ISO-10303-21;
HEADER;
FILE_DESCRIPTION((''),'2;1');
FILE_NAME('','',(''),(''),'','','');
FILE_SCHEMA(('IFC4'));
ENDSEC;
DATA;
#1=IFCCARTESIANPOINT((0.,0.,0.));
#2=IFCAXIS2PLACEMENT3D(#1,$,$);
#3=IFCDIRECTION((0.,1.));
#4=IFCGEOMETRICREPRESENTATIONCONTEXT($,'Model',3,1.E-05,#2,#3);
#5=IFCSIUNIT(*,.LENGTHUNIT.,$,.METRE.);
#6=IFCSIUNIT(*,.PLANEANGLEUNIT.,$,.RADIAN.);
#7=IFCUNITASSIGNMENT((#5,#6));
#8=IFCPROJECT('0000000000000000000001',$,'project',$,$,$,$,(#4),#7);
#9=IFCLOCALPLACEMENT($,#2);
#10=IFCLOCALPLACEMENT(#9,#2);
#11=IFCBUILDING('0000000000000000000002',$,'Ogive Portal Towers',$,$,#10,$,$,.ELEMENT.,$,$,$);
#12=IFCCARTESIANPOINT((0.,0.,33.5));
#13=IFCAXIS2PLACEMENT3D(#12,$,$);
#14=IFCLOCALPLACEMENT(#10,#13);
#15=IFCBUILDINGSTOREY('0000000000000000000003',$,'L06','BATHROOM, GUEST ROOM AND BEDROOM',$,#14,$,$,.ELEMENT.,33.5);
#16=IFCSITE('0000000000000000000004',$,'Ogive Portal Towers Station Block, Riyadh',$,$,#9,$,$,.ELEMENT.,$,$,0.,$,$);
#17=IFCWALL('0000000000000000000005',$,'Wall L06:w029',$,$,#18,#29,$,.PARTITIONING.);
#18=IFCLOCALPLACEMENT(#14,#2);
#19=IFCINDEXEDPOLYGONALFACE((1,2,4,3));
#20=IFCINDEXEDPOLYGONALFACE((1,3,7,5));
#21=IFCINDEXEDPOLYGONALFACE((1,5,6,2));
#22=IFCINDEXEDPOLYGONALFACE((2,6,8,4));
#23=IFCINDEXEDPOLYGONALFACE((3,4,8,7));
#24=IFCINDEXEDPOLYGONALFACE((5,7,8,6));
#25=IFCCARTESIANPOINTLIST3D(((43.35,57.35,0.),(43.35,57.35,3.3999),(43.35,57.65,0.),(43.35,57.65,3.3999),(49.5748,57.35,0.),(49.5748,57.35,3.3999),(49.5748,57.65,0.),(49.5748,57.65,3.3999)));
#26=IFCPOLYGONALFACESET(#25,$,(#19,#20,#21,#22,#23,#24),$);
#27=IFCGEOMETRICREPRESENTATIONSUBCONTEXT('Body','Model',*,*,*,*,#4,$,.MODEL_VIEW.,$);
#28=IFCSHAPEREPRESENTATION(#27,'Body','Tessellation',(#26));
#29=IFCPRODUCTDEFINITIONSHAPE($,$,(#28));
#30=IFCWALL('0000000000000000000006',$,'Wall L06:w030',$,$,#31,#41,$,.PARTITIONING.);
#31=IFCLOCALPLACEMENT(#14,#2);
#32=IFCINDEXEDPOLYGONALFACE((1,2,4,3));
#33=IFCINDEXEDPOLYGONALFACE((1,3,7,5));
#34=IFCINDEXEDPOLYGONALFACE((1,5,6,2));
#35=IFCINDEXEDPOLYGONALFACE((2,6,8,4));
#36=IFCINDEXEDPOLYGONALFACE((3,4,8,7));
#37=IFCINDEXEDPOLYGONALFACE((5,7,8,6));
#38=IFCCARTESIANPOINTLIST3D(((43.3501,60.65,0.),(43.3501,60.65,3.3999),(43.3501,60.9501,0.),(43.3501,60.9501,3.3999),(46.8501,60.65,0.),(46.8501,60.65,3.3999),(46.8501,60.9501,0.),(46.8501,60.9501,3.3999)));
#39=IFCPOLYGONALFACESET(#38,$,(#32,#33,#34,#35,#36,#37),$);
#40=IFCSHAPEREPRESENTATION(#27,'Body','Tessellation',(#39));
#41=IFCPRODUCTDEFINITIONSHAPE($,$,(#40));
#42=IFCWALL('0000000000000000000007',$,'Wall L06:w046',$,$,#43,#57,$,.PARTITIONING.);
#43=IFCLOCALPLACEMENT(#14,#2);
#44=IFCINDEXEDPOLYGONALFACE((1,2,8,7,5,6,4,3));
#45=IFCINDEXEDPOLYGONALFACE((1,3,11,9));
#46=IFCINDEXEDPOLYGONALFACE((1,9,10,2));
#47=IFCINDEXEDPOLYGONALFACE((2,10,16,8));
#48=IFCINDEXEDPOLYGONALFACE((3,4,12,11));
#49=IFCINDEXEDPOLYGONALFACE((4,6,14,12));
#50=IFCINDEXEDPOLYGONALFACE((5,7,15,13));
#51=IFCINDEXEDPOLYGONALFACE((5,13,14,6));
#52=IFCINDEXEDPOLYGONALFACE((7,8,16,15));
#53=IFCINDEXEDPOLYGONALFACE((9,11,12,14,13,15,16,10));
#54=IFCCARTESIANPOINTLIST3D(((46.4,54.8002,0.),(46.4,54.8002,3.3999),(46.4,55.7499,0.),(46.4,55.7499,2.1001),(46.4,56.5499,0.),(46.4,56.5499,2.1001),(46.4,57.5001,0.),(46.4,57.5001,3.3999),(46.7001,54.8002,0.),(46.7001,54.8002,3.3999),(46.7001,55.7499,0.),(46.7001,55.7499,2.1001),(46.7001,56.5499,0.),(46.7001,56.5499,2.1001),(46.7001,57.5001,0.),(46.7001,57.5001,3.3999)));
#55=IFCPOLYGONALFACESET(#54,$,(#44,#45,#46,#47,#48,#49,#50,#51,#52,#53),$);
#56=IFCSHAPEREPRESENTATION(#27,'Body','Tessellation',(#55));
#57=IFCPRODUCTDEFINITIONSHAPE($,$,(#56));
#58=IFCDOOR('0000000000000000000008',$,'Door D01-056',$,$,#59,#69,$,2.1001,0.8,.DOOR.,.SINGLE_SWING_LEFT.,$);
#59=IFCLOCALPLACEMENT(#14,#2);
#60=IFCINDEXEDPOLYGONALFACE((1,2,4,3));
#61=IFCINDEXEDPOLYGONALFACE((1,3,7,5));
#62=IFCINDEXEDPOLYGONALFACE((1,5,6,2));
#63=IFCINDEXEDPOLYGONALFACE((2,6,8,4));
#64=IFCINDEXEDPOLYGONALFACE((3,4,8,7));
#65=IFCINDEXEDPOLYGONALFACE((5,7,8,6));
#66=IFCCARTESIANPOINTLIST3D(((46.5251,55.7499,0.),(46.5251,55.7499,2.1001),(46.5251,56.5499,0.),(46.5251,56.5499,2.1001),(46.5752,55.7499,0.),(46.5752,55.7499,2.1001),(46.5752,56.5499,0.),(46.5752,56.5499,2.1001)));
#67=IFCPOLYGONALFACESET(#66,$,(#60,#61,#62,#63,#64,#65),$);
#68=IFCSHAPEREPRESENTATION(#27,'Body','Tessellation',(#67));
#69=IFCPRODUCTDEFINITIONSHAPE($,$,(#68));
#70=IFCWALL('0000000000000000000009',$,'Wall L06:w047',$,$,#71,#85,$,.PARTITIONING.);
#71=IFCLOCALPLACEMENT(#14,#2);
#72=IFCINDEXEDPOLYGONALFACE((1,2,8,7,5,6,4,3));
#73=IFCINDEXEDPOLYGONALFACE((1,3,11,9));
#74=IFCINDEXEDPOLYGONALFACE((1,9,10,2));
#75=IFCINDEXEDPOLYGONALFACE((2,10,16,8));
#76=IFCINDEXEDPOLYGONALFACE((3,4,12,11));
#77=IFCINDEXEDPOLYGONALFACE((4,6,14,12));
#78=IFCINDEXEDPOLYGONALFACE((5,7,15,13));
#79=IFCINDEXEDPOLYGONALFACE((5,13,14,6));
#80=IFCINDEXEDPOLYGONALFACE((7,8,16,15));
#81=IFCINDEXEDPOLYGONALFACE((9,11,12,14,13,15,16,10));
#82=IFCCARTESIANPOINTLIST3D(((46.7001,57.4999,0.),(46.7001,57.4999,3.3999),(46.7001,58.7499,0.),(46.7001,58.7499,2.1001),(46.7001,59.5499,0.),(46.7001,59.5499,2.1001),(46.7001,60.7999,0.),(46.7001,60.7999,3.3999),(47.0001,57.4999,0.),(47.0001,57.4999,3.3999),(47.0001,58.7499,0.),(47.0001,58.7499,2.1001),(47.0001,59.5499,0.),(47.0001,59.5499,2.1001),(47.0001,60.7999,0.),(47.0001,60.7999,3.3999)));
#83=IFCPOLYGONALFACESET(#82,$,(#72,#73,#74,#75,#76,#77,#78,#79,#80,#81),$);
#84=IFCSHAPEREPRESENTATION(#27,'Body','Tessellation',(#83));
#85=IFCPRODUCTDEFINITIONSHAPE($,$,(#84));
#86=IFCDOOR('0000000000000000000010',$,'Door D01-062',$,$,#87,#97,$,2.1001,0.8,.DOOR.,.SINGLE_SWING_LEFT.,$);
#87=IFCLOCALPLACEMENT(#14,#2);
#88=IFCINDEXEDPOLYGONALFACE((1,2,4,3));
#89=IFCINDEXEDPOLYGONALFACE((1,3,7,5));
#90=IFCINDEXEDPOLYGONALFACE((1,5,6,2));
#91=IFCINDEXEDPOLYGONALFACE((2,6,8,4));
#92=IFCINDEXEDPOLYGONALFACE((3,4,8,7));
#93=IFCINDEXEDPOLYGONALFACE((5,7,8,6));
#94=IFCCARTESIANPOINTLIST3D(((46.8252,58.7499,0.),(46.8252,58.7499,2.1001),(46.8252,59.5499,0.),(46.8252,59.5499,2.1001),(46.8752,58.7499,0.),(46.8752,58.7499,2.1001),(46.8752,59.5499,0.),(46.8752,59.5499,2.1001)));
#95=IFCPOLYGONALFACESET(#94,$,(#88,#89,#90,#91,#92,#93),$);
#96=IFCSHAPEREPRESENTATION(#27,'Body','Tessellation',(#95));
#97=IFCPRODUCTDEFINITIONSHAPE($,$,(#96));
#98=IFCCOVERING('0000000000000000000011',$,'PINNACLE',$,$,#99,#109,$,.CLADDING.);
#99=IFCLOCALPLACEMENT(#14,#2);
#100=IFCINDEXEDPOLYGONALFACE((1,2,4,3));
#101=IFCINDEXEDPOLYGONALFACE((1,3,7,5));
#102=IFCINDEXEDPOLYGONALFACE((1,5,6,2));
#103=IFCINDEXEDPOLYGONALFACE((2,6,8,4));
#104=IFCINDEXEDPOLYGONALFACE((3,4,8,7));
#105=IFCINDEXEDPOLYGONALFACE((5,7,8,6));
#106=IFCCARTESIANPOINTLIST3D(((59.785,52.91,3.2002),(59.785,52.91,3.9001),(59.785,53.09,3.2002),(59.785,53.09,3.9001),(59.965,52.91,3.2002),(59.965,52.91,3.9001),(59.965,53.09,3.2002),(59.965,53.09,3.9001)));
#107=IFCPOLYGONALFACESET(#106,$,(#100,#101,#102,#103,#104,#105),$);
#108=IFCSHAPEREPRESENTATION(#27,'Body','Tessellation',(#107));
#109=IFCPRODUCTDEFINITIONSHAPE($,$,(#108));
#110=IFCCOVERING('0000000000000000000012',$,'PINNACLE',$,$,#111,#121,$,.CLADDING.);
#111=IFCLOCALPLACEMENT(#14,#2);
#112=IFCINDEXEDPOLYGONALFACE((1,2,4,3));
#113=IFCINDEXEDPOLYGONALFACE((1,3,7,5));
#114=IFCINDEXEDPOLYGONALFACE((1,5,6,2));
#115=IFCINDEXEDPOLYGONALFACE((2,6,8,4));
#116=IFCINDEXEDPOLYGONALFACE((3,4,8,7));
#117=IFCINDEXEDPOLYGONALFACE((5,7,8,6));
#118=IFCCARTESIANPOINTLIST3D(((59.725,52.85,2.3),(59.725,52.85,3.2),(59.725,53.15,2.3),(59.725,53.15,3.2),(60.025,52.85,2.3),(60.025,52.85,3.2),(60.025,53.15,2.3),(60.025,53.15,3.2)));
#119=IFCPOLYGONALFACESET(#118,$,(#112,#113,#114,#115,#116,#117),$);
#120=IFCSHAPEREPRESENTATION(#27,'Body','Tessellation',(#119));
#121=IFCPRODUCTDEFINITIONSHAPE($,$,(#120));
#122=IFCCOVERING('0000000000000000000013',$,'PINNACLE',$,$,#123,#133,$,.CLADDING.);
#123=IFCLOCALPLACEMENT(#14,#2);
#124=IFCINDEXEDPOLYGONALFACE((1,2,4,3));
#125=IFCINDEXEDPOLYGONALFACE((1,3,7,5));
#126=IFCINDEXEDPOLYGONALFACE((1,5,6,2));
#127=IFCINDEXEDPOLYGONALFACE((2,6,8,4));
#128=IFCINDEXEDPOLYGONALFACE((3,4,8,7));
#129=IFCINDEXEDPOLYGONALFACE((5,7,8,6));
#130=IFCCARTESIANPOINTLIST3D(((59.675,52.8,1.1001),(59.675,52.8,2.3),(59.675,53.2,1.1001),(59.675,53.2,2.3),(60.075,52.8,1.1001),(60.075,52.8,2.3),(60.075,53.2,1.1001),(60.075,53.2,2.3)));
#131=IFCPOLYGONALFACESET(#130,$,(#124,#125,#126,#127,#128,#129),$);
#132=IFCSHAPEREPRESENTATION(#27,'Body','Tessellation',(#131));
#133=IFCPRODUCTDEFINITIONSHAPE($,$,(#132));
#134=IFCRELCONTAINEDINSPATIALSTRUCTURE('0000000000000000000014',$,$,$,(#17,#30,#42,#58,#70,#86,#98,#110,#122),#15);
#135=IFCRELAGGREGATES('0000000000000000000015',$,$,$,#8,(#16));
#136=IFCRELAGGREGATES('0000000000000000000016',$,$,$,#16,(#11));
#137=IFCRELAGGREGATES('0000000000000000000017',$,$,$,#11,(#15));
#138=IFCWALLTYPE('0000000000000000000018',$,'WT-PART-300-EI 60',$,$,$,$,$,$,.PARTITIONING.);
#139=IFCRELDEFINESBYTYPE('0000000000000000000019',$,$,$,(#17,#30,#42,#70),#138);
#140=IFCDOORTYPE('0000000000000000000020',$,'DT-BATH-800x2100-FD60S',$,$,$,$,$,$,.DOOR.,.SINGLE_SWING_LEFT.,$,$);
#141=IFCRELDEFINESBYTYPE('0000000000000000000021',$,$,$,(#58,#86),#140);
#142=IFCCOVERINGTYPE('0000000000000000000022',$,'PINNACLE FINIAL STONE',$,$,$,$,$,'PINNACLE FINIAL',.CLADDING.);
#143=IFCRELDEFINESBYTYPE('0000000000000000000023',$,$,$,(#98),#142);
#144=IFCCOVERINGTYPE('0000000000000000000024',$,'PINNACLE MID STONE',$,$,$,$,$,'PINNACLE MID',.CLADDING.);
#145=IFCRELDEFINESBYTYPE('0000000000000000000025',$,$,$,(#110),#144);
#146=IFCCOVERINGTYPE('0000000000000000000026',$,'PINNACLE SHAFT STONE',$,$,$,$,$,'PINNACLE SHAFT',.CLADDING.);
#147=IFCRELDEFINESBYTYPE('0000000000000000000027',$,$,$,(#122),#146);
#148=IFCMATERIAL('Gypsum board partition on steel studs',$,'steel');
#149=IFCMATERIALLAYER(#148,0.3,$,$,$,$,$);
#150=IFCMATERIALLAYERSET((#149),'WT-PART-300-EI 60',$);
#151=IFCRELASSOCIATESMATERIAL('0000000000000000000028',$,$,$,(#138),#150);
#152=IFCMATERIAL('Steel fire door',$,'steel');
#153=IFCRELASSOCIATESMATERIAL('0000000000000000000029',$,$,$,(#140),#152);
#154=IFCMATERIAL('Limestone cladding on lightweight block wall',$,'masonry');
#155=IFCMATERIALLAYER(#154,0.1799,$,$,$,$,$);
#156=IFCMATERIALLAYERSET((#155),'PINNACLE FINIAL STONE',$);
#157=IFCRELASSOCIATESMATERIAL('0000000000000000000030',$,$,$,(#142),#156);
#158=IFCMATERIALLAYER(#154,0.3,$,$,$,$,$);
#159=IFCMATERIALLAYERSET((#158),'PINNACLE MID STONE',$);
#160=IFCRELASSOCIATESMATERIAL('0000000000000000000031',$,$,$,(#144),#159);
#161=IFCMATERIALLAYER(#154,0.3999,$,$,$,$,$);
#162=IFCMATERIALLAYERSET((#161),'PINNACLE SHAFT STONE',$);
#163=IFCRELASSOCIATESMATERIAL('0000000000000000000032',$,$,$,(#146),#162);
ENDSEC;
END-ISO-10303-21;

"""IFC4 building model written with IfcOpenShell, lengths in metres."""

from ifc_helpers import new_model, si_unit, direction, frame, frame_2d, origin, origin_2d, place, context, subcontext, project, spatial, rectangle, extrude, material, layer, layer_set, type_object, element, fill, save


model = new_model("IFC4")

# Units and contexts
model_context = context("Model", 3, precision=1e-05, world=origin(), true_north=direction((0.0, 1.0)))
body_context = subcontext(model_context, "Body", "Model", "MODEL_VIEW")
ifc_project = project(units=[si_unit("LENGTHUNIT", "METRE"), si_unit("PLANEANGLEUNIT", "RADIAN")], contexts=[model_context])

# Site, building, storey
site_placement = place(None, origin())
site = spatial("IfcSite", under=ifc_project, at=site_placement, Name="Ogive Portal Towers Station Block, Riyadh", CompositionType="ELEMENT", RefElevation=0.0)
building_placement = place(site_placement, origin())
building = spatial("IfcBuilding", under=site, at=building_placement, Name="Ogive Portal Towers", CompositionType="ELEMENT")
storey_placement = place(building_placement, frame((0.0, 0.0, 33.5)))
storey = spatial("IfcBuildingStorey", under=building, at=storey_placement, Name="L06", Description="BATHROOM, GUEST ROOM AND BEDROOM", CompositionType="ELEMENT", Elevation=33.5)

# Walls
ifc_material_1 = material(Name="Limestone cladding on lightweight block wall", Category="masonry")
ifc_material_2 = material(Name="Gypsum board partition on steel studs", Category="steel")
ifc_layer_1 = layer(ifc_material_2, 0.3)
ifc_layer_set_1 = layer_set([ifc_layer_1], Name="WT-PART-300-EI 60")
wall_type_1 = type_object("IfcWallType", Name="WT-PART-300-EI 60", PredefinedType="PARTITIONING", material=ifc_layer_set_1)
wall_1_placement = place(storey_placement, frame((43.3501, 57.5, 0.0), z_axis=(0.0, 0.0, 1.0), x_axis=(1.0, 0.0, 0.0)))
element("IfcWall", 1, at=wall_1_placement, inside=storey, type_object=wall_type_1, Name="Wall L06:w029", PredefinedType="PARTITIONING", context=body_context, shape_type="SweptSolid", body=[
    extrude(rectangle(XDim=6.2249, YDim=0.3, at=frame_2d((3.1123, 0.0))), origin(), (0.0, 0.0, 1.0), 3.3999),
])
wall_2_placement = place(storey_placement, frame((43.3501, 60.8, 0.0), z_axis=(0.0, 0.0, 1.0), x_axis=(1.0, 0.0, 0.0)))
element("IfcWall", 2, at=wall_2_placement, inside=storey, type_object=wall_type_1, Name="Wall L06:w030", PredefinedType="PARTITIONING", context=body_context, shape_type="SweptSolid", body=[
    extrude(rectangle(XDim=3.5, YDim=0.3, at=frame_2d((1.75, 0.0))), origin(), (0.0, 0.0, 1.0), 3.3999),
])

# Walls, openings, doors
wall_3_placement = place(storey_placement, frame((46.55, 54.8, 0.0), z_axis=(0.0, 0.0, 1.0), x_axis=(0.0, 1.0, 0.0)))
wall_3 = element("IfcWall", 3, at=wall_3_placement, inside=storey, type_object=wall_type_1, Name="Wall L06:w046", PredefinedType="PARTITIONING", context=body_context, shape_type="SweptSolid", body=[
    extrude(rectangle(XDim=2.7, YDim=0.3, at=frame_2d((1.3501, 0.0))), origin(), (0.0, 0.0, 1.0), 3.3999),
])
opening_1_placement = place(wall_3_placement, frame((0.95, 0.0, 0.0)))
opening_1 = element("IfcOpeningElement", 4, at=opening_1_placement, cuts=wall_3, PredefinedType="OPENING", context=body_context, shape_type="SweptSolid", body=[
    extrude(rectangle(XDim=0.8, YDim=2.1001, at=frame_2d((0.3999, 1.05))), frame((0.0, 0.1602, 0.0), z_axis=(0.0, -1.0, 0.0), x_axis=(1.0, 0.0, 0.0)), (0.0, 0.0, 1.0), 0.3201),
])
ifc_material_3 = material(Name="Steel fire door", Category="steel")
door_type = type_object("IfcDoorType", Name="DT-BATH-800x2100-FD60S", OperationType="SINGLE_SWING_LEFT", PredefinedType="DOOR", material=ifc_material_3)
door_1_placement = place(opening_1_placement, origin())
door_1 = element("IfcDoor", 5, at=door_1_placement, inside=storey, type_object=door_type, Name="Door D01-056", OperationType="SINGLE_SWING_LEFT", OverallHeight=2.1001, OverallWidth=0.8, PredefinedType="DOOR", context=body_context, shape_type="SweptSolid", body=[
    extrude(rectangle(XDim=0.8, YDim=2.1001, at=frame_2d((0.3999, 1.05))), frame((0.0, 0.0249, 0.0), z_axis=(0.0, -1.0, 0.0), x_axis=(1.0, 0.0, 0.0)), (0.0, 0.0, 1.0), 0.05),
])
fill(opening_1, door_1)
wall_4_placement = place(storey_placement, frame((46.8501, 57.5, 0.0), z_axis=(0.0, 0.0, 1.0), x_axis=(0.0, 1.0, 0.0)))
wall_4 = element("IfcWall", 6, at=wall_4_placement, inside=storey, type_object=wall_type_1, Name="Wall L06:w047", PredefinedType="PARTITIONING", context=body_context, shape_type="SweptSolid", body=[
    extrude(rectangle(XDim=3.3, YDim=0.3, at=frame_2d((1.6499, 0.0))), origin(), (0.0, 0.0, 1.0), 3.3999),
])
opening_2_placement = place(wall_4_placement, frame((1.25, 0.0, 0.0)))
opening_2 = element("IfcOpeningElement", 7, at=opening_2_placement, cuts=wall_4, PredefinedType="OPENING", context=body_context, shape_type="SweptSolid", body=[
    extrude(rectangle(XDim=0.8, YDim=2.1001, at=frame_2d((0.3999, 1.05))), frame((0.0, 0.1602, 0.0), z_axis=(0.0, -1.0, 0.0), x_axis=(1.0, 0.0, 0.0)), (0.0, 0.0, 1.0), 0.3201),
])
door_2_placement = place(opening_2_placement, origin())
door_2 = element("IfcDoor", 8, at=door_2_placement, inside=storey, type_object=door_type, Name="Door D01-062", OperationType="SINGLE_SWING_LEFT", OverallHeight=2.1001, OverallWidth=0.8, PredefinedType="DOOR", context=body_context, shape_type="SweptSolid", body=[
    extrude(rectangle(XDim=0.8, YDim=2.1001, at=frame_2d((0.3999, 1.05))), frame((0.0, 0.0249, 0.0), z_axis=(0.0, -1.0, 0.0), x_axis=(1.0, 0.0, 0.0)), (0.0, 0.0, 1.0), 0.05),
])
fill(opening_2, door_2)

# Coverings
ifc_layer_2 = layer(ifc_material_1, 0.1799)
ifc_layer_set_2 = layer_set([ifc_layer_2], Name="PINNACLE FINIAL STONE")
covering_type_1 = type_object("IfcCoveringType", Name="PINNACLE FINIAL STONE", ElementType="PINNACLE FINIAL", PredefinedType="CLADDING", material=ifc_layer_set_2)
covering_1_placement = place(storey_placement, frame((59.875, 53.0, 3.2002), z_axis=(0.0, 0.0, 1.0), x_axis=(1.0, 0.0, 0.0)))
element("IfcCovering", 9, at=covering_1_placement, inside=storey, type_object=covering_type_1, Name="PINNACLE", PredefinedType="CLADDING", context=body_context, shape_type="SweptSolid", body=[
    extrude(rectangle(XDim=0.1799, YDim=0.1799, at=origin_2d()), origin(), (0.0, 0.0, 1.0), 0.7),
])
ifc_layer_3 = layer(ifc_material_1, 0.3)
ifc_layer_set_3 = layer_set([ifc_layer_3], Name="PINNACLE MID STONE")
covering_type_2 = type_object("IfcCoveringType", Name="PINNACLE MID STONE", ElementType="PINNACLE MID", PredefinedType="CLADDING", material=ifc_layer_set_3)
covering_2_placement = place(storey_placement, frame((59.875, 53.0, 2.3), z_axis=(0.0, 0.0, 1.0), x_axis=(1.0, 0.0, 0.0)))
element("IfcCovering", 10, at=covering_2_placement, inside=storey, type_object=covering_type_2, Name="PINNACLE", PredefinedType="CLADDING", context=body_context, shape_type="SweptSolid", body=[
    extrude(rectangle(XDim=0.3, YDim=0.3, at=origin_2d()), origin(), (0.0, 0.0, 1.0), 0.8999),
])
ifc_layer_4 = layer(ifc_material_1, 0.3999)
ifc_layer_set_4 = layer_set([ifc_layer_4], Name="PINNACLE SHAFT STONE")
covering_type_3 = type_object("IfcCoveringType", Name="PINNACLE SHAFT STONE", ElementType="PINNACLE SHAFT", PredefinedType="CLADDING", material=ifc_layer_set_4)
covering_3_placement = place(storey_placement, frame((59.875, 53.0, 1.1001), z_axis=(0.0, 0.0, 1.0), x_axis=(1.0, 0.0, 0.0)))
element("IfcCovering", 11, at=covering_3_placement, inside=storey, type_object=covering_type_3, Name="PINNACLE", PredefinedType="CLADDING", context=body_context, shape_type="SweptSolid", body=[
    extrude(rectangle(XDim=0.3999, YDim=0.3999, at=origin_2d()), origin(), (0.0, 0.0, 1.0), 1.2),
])

save(model, "model.ifc")
